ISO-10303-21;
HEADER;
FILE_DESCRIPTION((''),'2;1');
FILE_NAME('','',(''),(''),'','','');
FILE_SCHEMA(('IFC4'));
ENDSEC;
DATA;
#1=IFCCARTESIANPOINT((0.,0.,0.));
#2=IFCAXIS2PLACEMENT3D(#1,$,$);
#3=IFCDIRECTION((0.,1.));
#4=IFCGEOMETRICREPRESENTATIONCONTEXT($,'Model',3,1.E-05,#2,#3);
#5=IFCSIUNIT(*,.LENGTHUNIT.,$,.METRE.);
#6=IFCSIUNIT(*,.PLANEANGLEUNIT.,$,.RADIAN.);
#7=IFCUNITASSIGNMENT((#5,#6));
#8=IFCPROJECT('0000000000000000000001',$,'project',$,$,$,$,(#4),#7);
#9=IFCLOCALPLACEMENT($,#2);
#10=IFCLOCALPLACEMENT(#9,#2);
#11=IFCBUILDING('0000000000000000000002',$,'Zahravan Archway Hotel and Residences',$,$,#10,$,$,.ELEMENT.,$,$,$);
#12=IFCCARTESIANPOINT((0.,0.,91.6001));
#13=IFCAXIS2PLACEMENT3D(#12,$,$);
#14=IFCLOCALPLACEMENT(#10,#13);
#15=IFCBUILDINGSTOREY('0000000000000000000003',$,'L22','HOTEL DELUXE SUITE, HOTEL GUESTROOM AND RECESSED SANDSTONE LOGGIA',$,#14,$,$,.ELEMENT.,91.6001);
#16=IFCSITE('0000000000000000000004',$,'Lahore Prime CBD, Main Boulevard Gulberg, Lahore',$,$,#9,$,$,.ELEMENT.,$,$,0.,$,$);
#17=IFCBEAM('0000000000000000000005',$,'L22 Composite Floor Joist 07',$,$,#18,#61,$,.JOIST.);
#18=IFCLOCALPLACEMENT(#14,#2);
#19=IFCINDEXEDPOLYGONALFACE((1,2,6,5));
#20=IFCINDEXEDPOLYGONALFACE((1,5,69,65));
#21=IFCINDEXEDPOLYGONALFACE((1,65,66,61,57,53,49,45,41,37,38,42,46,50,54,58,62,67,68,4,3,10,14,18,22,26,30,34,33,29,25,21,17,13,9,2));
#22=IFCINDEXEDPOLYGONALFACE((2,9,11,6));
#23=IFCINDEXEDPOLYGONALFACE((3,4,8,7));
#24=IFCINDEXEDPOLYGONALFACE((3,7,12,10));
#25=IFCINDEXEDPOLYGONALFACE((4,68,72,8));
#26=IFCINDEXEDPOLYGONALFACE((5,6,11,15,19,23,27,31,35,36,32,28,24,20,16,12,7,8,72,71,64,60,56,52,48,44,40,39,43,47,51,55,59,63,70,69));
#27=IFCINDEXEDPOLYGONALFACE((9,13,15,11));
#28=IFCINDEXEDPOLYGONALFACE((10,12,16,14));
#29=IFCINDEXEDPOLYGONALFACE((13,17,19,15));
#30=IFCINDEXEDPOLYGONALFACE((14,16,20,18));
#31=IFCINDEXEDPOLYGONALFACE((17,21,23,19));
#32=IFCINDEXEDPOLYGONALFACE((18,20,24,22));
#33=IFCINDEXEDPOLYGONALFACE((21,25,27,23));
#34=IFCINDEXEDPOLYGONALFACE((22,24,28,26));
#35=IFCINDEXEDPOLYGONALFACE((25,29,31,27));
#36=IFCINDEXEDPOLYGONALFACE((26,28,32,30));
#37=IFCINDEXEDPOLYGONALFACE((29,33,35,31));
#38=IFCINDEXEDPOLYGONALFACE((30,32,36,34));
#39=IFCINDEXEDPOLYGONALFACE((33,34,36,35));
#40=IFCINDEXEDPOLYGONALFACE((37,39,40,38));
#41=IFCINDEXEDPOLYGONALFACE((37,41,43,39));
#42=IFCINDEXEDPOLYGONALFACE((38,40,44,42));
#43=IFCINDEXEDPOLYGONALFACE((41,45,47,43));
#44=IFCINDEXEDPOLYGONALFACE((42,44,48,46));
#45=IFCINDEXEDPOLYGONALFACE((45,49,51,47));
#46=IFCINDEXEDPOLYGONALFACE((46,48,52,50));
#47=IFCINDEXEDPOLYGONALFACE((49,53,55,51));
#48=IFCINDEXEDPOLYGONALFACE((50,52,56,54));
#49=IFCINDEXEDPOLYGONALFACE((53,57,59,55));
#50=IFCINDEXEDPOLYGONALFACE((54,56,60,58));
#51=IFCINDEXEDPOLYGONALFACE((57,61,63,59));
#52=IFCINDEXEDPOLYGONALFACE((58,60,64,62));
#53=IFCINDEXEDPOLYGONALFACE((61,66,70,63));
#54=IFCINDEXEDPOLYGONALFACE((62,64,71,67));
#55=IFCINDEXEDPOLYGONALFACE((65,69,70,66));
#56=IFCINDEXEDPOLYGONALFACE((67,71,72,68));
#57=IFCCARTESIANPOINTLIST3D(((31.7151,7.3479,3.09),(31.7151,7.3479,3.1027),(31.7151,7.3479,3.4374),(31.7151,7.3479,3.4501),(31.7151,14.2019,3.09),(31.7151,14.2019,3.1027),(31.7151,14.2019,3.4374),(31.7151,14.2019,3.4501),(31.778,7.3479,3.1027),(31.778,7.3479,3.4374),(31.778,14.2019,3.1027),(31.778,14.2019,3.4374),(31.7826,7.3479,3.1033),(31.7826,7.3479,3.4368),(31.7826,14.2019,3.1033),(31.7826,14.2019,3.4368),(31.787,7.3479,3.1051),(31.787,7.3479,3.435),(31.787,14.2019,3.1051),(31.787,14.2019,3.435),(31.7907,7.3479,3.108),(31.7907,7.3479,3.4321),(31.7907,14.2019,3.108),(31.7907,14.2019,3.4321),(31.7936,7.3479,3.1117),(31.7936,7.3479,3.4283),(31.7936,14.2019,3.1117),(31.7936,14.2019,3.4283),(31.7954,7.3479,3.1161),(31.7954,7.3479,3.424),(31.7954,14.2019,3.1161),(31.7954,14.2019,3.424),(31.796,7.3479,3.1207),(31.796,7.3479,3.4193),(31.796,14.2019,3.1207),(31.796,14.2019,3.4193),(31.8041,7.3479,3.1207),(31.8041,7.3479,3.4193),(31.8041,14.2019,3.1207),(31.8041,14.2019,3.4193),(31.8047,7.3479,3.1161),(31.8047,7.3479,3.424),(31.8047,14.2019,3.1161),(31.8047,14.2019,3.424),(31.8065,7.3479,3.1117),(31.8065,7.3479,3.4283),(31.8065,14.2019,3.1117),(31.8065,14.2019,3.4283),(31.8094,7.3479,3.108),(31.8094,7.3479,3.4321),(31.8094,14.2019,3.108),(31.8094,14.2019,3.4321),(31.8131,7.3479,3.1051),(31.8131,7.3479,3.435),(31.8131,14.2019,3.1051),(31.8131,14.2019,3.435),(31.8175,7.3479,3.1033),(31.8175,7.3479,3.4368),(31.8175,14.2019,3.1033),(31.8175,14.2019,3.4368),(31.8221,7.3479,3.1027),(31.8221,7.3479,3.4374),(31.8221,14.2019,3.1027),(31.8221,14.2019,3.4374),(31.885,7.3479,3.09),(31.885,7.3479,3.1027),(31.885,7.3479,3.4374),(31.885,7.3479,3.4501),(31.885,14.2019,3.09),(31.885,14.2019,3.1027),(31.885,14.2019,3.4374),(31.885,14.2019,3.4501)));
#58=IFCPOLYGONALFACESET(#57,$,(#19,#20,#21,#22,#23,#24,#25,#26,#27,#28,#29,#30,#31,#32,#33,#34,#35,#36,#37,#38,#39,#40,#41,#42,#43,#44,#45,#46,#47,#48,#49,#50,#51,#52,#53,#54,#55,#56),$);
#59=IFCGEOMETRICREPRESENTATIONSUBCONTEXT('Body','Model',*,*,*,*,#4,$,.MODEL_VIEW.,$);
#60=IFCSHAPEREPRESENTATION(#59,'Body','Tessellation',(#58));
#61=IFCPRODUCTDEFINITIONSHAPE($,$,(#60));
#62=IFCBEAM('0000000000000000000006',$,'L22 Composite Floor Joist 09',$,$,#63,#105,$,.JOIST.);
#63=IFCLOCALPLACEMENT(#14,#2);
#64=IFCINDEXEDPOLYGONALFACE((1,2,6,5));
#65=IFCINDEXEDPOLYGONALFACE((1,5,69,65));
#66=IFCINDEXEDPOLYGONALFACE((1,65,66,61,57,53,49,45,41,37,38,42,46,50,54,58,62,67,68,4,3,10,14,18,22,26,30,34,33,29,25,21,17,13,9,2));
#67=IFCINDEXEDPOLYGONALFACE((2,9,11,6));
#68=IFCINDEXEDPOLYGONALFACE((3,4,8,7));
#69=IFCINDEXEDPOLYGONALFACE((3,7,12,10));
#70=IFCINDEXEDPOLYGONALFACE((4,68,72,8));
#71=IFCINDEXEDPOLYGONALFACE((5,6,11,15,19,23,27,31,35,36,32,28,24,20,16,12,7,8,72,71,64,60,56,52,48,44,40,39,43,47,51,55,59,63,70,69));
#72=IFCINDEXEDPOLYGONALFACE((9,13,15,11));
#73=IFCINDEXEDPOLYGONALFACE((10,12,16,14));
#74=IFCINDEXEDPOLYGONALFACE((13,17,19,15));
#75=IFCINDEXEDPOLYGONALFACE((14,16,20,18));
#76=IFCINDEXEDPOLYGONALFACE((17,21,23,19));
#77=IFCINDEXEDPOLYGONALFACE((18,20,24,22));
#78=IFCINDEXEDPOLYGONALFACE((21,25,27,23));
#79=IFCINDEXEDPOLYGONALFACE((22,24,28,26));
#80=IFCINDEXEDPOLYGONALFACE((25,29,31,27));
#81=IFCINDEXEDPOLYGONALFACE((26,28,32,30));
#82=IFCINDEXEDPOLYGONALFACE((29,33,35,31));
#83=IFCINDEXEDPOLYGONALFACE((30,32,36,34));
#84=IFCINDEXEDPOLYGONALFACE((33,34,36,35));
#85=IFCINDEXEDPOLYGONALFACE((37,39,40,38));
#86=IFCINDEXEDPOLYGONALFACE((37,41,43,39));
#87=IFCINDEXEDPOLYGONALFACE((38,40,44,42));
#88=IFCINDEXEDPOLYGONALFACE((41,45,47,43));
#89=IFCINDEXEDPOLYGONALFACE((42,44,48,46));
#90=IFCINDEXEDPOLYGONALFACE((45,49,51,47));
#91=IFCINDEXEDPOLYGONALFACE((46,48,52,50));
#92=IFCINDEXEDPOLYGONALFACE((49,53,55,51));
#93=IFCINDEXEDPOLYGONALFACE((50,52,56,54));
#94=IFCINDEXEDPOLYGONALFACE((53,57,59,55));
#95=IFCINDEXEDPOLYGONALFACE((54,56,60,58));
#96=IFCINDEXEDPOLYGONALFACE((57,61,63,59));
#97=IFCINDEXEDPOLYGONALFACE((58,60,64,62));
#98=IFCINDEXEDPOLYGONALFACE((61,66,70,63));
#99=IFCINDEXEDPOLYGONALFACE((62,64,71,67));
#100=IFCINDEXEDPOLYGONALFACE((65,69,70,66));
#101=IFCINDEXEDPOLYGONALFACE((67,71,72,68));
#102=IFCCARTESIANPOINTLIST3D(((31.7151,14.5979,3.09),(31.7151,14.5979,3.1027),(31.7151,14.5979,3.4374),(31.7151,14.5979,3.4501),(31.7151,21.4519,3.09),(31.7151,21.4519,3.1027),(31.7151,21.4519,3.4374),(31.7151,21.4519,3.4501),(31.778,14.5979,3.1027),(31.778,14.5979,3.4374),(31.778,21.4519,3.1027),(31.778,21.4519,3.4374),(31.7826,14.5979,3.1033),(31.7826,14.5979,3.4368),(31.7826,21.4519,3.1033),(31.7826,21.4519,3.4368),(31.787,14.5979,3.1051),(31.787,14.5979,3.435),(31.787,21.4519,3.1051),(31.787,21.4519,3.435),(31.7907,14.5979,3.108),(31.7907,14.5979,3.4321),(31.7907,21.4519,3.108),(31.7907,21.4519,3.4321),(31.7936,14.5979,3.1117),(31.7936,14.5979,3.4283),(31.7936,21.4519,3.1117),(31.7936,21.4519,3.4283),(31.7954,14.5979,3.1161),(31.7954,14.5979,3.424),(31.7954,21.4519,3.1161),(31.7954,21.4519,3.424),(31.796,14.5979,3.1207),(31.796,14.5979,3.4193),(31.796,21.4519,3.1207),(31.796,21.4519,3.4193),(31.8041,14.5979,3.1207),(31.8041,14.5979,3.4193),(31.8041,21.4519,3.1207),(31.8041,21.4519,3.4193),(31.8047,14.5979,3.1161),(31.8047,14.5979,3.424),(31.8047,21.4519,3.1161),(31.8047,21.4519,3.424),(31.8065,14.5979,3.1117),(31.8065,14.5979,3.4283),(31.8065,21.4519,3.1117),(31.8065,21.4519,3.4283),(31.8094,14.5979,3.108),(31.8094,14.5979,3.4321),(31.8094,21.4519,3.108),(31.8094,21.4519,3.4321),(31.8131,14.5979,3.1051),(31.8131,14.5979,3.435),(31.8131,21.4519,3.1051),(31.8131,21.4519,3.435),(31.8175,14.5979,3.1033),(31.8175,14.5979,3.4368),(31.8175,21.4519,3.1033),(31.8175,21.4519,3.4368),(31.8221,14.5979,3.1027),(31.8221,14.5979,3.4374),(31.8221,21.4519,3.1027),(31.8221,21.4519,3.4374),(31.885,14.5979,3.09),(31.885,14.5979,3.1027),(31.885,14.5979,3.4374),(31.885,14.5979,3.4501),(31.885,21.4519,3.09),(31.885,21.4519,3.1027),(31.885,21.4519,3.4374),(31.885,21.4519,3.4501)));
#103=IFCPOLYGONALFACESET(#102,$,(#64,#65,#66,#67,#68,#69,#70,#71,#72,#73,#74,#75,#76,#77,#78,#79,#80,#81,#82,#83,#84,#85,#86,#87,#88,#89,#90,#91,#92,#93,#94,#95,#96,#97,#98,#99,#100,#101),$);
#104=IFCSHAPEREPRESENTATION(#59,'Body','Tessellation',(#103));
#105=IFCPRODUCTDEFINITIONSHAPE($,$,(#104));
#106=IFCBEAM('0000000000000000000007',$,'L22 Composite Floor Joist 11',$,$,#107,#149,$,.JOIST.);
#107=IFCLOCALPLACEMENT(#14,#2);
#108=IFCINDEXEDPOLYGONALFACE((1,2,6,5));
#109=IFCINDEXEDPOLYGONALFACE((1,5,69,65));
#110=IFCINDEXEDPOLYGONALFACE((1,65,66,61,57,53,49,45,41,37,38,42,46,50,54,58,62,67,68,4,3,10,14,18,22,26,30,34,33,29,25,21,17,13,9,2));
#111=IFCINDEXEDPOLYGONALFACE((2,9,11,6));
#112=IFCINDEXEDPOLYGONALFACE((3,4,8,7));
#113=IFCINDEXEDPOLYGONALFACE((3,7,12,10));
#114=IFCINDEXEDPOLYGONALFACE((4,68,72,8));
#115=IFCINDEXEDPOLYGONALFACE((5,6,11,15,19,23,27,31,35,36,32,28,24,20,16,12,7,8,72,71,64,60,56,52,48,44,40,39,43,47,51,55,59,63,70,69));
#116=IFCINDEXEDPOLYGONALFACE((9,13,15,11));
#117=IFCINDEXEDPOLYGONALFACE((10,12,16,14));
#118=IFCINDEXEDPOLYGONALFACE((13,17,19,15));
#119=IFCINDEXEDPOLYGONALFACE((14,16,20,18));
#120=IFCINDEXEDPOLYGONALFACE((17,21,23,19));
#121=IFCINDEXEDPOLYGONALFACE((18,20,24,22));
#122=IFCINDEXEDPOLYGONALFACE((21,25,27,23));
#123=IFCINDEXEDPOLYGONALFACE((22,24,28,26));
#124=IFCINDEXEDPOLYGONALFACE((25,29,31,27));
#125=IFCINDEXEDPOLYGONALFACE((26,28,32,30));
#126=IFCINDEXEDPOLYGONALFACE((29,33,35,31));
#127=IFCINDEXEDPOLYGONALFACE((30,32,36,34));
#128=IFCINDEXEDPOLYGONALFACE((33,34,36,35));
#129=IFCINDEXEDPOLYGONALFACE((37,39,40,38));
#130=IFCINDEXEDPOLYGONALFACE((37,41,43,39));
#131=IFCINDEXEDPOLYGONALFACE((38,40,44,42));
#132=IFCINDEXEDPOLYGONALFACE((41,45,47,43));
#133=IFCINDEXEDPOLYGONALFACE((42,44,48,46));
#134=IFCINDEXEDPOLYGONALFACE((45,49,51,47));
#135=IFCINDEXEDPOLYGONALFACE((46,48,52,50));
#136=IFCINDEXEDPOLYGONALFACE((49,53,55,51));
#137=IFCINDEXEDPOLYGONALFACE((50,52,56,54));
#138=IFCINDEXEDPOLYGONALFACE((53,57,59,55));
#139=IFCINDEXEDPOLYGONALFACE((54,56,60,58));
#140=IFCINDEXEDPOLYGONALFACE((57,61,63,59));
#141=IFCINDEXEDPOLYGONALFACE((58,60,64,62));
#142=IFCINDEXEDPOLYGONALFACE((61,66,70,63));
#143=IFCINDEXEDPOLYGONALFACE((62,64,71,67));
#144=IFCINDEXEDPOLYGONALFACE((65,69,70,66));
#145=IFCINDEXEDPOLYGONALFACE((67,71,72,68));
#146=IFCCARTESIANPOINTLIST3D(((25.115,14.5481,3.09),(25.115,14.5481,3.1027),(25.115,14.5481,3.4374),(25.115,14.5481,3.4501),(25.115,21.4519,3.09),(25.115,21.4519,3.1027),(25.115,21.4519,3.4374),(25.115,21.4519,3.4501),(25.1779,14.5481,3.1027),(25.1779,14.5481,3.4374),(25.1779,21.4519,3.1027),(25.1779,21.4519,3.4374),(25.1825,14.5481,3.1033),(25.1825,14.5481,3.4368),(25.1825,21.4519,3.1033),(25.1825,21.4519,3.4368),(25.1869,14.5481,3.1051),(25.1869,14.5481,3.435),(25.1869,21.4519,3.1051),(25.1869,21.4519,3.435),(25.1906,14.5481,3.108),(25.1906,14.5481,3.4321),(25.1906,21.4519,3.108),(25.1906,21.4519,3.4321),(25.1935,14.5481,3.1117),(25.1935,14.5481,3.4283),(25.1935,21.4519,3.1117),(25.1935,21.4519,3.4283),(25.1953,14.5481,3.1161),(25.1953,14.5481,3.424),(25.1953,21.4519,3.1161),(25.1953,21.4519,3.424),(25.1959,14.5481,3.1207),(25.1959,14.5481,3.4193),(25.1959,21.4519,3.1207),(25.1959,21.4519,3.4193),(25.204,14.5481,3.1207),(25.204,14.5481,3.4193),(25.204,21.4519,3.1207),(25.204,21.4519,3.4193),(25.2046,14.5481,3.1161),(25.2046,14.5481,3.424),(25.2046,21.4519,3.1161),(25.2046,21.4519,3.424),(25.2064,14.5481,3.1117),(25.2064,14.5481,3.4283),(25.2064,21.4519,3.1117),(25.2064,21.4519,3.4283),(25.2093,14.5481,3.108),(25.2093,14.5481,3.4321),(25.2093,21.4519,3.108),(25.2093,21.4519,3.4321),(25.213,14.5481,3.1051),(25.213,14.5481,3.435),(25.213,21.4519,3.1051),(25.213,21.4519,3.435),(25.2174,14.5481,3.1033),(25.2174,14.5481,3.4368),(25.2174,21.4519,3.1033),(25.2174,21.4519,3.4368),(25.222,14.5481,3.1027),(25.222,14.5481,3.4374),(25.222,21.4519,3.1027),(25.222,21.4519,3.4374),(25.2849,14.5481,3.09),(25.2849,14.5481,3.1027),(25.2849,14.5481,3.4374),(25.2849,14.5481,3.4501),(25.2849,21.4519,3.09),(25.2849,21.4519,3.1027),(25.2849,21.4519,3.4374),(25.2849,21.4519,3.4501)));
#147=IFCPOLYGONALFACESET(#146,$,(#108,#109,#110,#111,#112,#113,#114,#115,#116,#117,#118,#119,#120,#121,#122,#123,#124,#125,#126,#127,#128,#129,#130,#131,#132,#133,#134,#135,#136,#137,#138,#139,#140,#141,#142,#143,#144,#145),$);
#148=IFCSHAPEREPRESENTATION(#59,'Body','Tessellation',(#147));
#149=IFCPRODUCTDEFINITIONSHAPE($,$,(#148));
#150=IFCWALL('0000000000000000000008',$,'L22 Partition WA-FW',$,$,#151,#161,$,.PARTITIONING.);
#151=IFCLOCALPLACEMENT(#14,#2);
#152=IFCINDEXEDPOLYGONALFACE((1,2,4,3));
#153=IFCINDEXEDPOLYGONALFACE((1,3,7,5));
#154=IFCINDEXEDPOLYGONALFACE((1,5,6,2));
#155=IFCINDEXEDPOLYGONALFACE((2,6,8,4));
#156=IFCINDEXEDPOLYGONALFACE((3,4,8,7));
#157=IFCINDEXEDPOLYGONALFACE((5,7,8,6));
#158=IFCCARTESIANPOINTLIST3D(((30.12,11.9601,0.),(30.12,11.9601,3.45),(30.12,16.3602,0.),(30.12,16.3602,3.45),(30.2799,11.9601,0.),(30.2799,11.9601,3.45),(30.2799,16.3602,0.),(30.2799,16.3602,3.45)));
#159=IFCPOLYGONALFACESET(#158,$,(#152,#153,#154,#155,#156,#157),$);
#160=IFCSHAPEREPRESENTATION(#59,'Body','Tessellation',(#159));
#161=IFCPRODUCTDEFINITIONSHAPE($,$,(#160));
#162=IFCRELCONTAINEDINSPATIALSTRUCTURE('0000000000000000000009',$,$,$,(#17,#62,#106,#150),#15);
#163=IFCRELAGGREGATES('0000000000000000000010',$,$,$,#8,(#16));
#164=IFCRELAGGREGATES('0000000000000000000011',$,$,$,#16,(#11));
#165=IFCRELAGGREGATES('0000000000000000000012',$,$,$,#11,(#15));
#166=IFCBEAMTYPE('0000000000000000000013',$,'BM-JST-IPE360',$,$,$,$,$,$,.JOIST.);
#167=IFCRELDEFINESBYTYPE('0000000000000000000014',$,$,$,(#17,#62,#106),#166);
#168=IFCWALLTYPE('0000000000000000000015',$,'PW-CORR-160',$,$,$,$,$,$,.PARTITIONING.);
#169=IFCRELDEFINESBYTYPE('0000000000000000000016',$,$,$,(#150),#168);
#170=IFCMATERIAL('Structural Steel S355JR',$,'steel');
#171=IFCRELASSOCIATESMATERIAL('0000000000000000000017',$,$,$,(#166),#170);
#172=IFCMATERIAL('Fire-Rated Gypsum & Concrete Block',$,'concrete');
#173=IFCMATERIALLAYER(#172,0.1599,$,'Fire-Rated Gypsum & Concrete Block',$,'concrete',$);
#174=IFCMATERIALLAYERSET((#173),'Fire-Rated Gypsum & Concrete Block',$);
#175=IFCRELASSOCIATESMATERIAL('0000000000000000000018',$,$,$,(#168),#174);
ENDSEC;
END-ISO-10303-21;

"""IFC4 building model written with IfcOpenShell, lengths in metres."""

from ifc_helpers import new_model, si_unit, direction, frame, frame_2d, origin, origin_2d, place, context, subcontext, project, spatial, rectangle, i_section, extrude, source, transform, mapped, material, layer, layer_set, material_profile, profile_set, type_object, element, save


model = new_model("IFC4")

# Units and contexts
model_context = context("Model", 3, precision=1e-05, world=origin(), true_north=direction((0.0, 1.0)))
body_context = subcontext(model_context, "Body", "Model", "MODEL_VIEW")
ifc_project = project(units=[si_unit("LENGTHUNIT", "METRE"), si_unit("PLANEANGLEUNIT", "RADIAN")], contexts=[model_context])

# Site, building, storey
site_placement = place(None, origin())
site = spatial("IfcSite", under=ifc_project, at=site_placement, Name="Lahore Prime CBD, Main Boulevard Gulberg, Lahore", CompositionType="ELEMENT", RefElevation=0.0)
building_placement = place(site_placement, origin())
building = spatial("IfcBuilding", under=site, at=building_placement, Name="Zahravan Archway Hotel and Residences", CompositionType="ELEMENT")
storey_placement = place(building_placement, frame((0.0, 0.0, 91.6001)))
storey = spatial("IfcBuildingStorey", under=building, at=storey_placement, Name="L22", Description="HOTEL DELUXE SUITE, HOTEL GUESTROOM AND RECESSED SANDSTONE LOGGIA", CompositionType="ELEMENT", Elevation=91.6001)

# Beams
ifc_material_1 = material(Name="Structural Steel S355JR", Category="steel")
ifc_material_profile_1 = material_profile(ifc_material_1, i_section(OverallWidth=0.1699, OverallDepth=0.3601, WebThickness=0.0081, FlangeThickness=0.0127, FilletRadius=0.0181, at=origin_2d()), Name="IPE 360", Category="steel")
ifc_profile_set_1 = profile_set([ifc_material_profile_1], Name="Structural Steel S355JR")
beam_type_1 = type_object("IfcBeamType", Name="BM-JST-IPE360", PredefinedType="JOIST", material=ifc_profile_set_1)
shared_shape_1 = source(origin(), body_context, "Body", "SweptSolid", [
    extrude(i_section(OverallWidth=0.1699, OverallDepth=0.3601, WebThickness=0.0081, FlangeThickness=0.0127, FilletRadius=0.0181, at=origin_2d()), origin(), (0.0, 0.0, 1.0), 6.854),
])
for number, where, z_axis, x_axis, name in (
    (1, (31.8, 7.3479, 3.27), (0.0, 1.0, 0.0), (-1.0, 0.0, 0.0), "L22 Composite Floor Joist 07"),
    (2, (31.8, 14.5979, 3.27), (0.0, 1.0, 0.0), (-1.0, 0.0, 0.0), "L22 Composite Floor Joist 09"),
):
    element("IfcBeam", number, at=place(storey_placement, frame(where, z_axis=z_axis, x_axis=x_axis)), inside=storey, type_object=beam_type_1, Name=name, PredefinedType="JOIST", context=body_context, shape_type="MappedRepresentation", body=[
        mapped(shared_shape_1, transform((0.0, 0.0, 0.0), scale=1.0)),
    ])
shared_shape_2 = source(origin(), body_context, "Body", "SweptSolid", [
    extrude(i_section(OverallWidth=0.1699, OverallDepth=0.3601, WebThickness=0.0081, FlangeThickness=0.0127, FilletRadius=0.0181, at=origin_2d()), origin(), (0.0, 0.0, 1.0), 6.9038),
])
beam_1_placement = place(storey_placement, frame((25.2, 14.5481, 3.27), z_axis=(0.0, 1.0, 0.0), x_axis=(-1.0, 0.0, 0.0)))
element("IfcBeam", 3, at=beam_1_placement, inside=storey, type_object=beam_type_1, Name="L22 Composite Floor Joist 11", PredefinedType="JOIST", context=body_context, shape_type="MappedRepresentation", body=[
    mapped(shared_shape_2, transform((0.0, 0.0, 0.0), scale=1.0)),
])

# Wall
ifc_material_2 = material(Name="Fire-Rated Gypsum & Concrete Block", Category="concrete")
ifc_layer_1 = layer(ifc_material_2, 0.1599, Name="Fire-Rated Gypsum & Concrete Block", Category="concrete")
ifc_layer_set_1 = layer_set([ifc_layer_1], Name="Fire-Rated Gypsum & Concrete Block")
wall_type_1 = type_object("IfcWallType", Name="PW-CORR-160", PredefinedType="PARTITIONING", material=ifc_layer_set_1)
wall_1_placement = place(storey_placement, frame((30.2, 11.96, 0.0), z_axis=(0.0, 0.0, 1.0), x_axis=(0.0, 1.0, 0.0)))
element("IfcWall", 4, at=wall_1_placement, inside=storey, type_object=wall_type_1, Name="L22 Partition WA-FW", PredefinedType="PARTITIONING", context=body_context, shape_type="SweptSolid", body=[
    extrude(rectangle(XDim=4.4001, YDim=0.1599, at=frame_2d((2.2002, 0.0))), origin(), (0.0, 0.0, 1.0), 3.45),
])

save(model, "model.ifc")
